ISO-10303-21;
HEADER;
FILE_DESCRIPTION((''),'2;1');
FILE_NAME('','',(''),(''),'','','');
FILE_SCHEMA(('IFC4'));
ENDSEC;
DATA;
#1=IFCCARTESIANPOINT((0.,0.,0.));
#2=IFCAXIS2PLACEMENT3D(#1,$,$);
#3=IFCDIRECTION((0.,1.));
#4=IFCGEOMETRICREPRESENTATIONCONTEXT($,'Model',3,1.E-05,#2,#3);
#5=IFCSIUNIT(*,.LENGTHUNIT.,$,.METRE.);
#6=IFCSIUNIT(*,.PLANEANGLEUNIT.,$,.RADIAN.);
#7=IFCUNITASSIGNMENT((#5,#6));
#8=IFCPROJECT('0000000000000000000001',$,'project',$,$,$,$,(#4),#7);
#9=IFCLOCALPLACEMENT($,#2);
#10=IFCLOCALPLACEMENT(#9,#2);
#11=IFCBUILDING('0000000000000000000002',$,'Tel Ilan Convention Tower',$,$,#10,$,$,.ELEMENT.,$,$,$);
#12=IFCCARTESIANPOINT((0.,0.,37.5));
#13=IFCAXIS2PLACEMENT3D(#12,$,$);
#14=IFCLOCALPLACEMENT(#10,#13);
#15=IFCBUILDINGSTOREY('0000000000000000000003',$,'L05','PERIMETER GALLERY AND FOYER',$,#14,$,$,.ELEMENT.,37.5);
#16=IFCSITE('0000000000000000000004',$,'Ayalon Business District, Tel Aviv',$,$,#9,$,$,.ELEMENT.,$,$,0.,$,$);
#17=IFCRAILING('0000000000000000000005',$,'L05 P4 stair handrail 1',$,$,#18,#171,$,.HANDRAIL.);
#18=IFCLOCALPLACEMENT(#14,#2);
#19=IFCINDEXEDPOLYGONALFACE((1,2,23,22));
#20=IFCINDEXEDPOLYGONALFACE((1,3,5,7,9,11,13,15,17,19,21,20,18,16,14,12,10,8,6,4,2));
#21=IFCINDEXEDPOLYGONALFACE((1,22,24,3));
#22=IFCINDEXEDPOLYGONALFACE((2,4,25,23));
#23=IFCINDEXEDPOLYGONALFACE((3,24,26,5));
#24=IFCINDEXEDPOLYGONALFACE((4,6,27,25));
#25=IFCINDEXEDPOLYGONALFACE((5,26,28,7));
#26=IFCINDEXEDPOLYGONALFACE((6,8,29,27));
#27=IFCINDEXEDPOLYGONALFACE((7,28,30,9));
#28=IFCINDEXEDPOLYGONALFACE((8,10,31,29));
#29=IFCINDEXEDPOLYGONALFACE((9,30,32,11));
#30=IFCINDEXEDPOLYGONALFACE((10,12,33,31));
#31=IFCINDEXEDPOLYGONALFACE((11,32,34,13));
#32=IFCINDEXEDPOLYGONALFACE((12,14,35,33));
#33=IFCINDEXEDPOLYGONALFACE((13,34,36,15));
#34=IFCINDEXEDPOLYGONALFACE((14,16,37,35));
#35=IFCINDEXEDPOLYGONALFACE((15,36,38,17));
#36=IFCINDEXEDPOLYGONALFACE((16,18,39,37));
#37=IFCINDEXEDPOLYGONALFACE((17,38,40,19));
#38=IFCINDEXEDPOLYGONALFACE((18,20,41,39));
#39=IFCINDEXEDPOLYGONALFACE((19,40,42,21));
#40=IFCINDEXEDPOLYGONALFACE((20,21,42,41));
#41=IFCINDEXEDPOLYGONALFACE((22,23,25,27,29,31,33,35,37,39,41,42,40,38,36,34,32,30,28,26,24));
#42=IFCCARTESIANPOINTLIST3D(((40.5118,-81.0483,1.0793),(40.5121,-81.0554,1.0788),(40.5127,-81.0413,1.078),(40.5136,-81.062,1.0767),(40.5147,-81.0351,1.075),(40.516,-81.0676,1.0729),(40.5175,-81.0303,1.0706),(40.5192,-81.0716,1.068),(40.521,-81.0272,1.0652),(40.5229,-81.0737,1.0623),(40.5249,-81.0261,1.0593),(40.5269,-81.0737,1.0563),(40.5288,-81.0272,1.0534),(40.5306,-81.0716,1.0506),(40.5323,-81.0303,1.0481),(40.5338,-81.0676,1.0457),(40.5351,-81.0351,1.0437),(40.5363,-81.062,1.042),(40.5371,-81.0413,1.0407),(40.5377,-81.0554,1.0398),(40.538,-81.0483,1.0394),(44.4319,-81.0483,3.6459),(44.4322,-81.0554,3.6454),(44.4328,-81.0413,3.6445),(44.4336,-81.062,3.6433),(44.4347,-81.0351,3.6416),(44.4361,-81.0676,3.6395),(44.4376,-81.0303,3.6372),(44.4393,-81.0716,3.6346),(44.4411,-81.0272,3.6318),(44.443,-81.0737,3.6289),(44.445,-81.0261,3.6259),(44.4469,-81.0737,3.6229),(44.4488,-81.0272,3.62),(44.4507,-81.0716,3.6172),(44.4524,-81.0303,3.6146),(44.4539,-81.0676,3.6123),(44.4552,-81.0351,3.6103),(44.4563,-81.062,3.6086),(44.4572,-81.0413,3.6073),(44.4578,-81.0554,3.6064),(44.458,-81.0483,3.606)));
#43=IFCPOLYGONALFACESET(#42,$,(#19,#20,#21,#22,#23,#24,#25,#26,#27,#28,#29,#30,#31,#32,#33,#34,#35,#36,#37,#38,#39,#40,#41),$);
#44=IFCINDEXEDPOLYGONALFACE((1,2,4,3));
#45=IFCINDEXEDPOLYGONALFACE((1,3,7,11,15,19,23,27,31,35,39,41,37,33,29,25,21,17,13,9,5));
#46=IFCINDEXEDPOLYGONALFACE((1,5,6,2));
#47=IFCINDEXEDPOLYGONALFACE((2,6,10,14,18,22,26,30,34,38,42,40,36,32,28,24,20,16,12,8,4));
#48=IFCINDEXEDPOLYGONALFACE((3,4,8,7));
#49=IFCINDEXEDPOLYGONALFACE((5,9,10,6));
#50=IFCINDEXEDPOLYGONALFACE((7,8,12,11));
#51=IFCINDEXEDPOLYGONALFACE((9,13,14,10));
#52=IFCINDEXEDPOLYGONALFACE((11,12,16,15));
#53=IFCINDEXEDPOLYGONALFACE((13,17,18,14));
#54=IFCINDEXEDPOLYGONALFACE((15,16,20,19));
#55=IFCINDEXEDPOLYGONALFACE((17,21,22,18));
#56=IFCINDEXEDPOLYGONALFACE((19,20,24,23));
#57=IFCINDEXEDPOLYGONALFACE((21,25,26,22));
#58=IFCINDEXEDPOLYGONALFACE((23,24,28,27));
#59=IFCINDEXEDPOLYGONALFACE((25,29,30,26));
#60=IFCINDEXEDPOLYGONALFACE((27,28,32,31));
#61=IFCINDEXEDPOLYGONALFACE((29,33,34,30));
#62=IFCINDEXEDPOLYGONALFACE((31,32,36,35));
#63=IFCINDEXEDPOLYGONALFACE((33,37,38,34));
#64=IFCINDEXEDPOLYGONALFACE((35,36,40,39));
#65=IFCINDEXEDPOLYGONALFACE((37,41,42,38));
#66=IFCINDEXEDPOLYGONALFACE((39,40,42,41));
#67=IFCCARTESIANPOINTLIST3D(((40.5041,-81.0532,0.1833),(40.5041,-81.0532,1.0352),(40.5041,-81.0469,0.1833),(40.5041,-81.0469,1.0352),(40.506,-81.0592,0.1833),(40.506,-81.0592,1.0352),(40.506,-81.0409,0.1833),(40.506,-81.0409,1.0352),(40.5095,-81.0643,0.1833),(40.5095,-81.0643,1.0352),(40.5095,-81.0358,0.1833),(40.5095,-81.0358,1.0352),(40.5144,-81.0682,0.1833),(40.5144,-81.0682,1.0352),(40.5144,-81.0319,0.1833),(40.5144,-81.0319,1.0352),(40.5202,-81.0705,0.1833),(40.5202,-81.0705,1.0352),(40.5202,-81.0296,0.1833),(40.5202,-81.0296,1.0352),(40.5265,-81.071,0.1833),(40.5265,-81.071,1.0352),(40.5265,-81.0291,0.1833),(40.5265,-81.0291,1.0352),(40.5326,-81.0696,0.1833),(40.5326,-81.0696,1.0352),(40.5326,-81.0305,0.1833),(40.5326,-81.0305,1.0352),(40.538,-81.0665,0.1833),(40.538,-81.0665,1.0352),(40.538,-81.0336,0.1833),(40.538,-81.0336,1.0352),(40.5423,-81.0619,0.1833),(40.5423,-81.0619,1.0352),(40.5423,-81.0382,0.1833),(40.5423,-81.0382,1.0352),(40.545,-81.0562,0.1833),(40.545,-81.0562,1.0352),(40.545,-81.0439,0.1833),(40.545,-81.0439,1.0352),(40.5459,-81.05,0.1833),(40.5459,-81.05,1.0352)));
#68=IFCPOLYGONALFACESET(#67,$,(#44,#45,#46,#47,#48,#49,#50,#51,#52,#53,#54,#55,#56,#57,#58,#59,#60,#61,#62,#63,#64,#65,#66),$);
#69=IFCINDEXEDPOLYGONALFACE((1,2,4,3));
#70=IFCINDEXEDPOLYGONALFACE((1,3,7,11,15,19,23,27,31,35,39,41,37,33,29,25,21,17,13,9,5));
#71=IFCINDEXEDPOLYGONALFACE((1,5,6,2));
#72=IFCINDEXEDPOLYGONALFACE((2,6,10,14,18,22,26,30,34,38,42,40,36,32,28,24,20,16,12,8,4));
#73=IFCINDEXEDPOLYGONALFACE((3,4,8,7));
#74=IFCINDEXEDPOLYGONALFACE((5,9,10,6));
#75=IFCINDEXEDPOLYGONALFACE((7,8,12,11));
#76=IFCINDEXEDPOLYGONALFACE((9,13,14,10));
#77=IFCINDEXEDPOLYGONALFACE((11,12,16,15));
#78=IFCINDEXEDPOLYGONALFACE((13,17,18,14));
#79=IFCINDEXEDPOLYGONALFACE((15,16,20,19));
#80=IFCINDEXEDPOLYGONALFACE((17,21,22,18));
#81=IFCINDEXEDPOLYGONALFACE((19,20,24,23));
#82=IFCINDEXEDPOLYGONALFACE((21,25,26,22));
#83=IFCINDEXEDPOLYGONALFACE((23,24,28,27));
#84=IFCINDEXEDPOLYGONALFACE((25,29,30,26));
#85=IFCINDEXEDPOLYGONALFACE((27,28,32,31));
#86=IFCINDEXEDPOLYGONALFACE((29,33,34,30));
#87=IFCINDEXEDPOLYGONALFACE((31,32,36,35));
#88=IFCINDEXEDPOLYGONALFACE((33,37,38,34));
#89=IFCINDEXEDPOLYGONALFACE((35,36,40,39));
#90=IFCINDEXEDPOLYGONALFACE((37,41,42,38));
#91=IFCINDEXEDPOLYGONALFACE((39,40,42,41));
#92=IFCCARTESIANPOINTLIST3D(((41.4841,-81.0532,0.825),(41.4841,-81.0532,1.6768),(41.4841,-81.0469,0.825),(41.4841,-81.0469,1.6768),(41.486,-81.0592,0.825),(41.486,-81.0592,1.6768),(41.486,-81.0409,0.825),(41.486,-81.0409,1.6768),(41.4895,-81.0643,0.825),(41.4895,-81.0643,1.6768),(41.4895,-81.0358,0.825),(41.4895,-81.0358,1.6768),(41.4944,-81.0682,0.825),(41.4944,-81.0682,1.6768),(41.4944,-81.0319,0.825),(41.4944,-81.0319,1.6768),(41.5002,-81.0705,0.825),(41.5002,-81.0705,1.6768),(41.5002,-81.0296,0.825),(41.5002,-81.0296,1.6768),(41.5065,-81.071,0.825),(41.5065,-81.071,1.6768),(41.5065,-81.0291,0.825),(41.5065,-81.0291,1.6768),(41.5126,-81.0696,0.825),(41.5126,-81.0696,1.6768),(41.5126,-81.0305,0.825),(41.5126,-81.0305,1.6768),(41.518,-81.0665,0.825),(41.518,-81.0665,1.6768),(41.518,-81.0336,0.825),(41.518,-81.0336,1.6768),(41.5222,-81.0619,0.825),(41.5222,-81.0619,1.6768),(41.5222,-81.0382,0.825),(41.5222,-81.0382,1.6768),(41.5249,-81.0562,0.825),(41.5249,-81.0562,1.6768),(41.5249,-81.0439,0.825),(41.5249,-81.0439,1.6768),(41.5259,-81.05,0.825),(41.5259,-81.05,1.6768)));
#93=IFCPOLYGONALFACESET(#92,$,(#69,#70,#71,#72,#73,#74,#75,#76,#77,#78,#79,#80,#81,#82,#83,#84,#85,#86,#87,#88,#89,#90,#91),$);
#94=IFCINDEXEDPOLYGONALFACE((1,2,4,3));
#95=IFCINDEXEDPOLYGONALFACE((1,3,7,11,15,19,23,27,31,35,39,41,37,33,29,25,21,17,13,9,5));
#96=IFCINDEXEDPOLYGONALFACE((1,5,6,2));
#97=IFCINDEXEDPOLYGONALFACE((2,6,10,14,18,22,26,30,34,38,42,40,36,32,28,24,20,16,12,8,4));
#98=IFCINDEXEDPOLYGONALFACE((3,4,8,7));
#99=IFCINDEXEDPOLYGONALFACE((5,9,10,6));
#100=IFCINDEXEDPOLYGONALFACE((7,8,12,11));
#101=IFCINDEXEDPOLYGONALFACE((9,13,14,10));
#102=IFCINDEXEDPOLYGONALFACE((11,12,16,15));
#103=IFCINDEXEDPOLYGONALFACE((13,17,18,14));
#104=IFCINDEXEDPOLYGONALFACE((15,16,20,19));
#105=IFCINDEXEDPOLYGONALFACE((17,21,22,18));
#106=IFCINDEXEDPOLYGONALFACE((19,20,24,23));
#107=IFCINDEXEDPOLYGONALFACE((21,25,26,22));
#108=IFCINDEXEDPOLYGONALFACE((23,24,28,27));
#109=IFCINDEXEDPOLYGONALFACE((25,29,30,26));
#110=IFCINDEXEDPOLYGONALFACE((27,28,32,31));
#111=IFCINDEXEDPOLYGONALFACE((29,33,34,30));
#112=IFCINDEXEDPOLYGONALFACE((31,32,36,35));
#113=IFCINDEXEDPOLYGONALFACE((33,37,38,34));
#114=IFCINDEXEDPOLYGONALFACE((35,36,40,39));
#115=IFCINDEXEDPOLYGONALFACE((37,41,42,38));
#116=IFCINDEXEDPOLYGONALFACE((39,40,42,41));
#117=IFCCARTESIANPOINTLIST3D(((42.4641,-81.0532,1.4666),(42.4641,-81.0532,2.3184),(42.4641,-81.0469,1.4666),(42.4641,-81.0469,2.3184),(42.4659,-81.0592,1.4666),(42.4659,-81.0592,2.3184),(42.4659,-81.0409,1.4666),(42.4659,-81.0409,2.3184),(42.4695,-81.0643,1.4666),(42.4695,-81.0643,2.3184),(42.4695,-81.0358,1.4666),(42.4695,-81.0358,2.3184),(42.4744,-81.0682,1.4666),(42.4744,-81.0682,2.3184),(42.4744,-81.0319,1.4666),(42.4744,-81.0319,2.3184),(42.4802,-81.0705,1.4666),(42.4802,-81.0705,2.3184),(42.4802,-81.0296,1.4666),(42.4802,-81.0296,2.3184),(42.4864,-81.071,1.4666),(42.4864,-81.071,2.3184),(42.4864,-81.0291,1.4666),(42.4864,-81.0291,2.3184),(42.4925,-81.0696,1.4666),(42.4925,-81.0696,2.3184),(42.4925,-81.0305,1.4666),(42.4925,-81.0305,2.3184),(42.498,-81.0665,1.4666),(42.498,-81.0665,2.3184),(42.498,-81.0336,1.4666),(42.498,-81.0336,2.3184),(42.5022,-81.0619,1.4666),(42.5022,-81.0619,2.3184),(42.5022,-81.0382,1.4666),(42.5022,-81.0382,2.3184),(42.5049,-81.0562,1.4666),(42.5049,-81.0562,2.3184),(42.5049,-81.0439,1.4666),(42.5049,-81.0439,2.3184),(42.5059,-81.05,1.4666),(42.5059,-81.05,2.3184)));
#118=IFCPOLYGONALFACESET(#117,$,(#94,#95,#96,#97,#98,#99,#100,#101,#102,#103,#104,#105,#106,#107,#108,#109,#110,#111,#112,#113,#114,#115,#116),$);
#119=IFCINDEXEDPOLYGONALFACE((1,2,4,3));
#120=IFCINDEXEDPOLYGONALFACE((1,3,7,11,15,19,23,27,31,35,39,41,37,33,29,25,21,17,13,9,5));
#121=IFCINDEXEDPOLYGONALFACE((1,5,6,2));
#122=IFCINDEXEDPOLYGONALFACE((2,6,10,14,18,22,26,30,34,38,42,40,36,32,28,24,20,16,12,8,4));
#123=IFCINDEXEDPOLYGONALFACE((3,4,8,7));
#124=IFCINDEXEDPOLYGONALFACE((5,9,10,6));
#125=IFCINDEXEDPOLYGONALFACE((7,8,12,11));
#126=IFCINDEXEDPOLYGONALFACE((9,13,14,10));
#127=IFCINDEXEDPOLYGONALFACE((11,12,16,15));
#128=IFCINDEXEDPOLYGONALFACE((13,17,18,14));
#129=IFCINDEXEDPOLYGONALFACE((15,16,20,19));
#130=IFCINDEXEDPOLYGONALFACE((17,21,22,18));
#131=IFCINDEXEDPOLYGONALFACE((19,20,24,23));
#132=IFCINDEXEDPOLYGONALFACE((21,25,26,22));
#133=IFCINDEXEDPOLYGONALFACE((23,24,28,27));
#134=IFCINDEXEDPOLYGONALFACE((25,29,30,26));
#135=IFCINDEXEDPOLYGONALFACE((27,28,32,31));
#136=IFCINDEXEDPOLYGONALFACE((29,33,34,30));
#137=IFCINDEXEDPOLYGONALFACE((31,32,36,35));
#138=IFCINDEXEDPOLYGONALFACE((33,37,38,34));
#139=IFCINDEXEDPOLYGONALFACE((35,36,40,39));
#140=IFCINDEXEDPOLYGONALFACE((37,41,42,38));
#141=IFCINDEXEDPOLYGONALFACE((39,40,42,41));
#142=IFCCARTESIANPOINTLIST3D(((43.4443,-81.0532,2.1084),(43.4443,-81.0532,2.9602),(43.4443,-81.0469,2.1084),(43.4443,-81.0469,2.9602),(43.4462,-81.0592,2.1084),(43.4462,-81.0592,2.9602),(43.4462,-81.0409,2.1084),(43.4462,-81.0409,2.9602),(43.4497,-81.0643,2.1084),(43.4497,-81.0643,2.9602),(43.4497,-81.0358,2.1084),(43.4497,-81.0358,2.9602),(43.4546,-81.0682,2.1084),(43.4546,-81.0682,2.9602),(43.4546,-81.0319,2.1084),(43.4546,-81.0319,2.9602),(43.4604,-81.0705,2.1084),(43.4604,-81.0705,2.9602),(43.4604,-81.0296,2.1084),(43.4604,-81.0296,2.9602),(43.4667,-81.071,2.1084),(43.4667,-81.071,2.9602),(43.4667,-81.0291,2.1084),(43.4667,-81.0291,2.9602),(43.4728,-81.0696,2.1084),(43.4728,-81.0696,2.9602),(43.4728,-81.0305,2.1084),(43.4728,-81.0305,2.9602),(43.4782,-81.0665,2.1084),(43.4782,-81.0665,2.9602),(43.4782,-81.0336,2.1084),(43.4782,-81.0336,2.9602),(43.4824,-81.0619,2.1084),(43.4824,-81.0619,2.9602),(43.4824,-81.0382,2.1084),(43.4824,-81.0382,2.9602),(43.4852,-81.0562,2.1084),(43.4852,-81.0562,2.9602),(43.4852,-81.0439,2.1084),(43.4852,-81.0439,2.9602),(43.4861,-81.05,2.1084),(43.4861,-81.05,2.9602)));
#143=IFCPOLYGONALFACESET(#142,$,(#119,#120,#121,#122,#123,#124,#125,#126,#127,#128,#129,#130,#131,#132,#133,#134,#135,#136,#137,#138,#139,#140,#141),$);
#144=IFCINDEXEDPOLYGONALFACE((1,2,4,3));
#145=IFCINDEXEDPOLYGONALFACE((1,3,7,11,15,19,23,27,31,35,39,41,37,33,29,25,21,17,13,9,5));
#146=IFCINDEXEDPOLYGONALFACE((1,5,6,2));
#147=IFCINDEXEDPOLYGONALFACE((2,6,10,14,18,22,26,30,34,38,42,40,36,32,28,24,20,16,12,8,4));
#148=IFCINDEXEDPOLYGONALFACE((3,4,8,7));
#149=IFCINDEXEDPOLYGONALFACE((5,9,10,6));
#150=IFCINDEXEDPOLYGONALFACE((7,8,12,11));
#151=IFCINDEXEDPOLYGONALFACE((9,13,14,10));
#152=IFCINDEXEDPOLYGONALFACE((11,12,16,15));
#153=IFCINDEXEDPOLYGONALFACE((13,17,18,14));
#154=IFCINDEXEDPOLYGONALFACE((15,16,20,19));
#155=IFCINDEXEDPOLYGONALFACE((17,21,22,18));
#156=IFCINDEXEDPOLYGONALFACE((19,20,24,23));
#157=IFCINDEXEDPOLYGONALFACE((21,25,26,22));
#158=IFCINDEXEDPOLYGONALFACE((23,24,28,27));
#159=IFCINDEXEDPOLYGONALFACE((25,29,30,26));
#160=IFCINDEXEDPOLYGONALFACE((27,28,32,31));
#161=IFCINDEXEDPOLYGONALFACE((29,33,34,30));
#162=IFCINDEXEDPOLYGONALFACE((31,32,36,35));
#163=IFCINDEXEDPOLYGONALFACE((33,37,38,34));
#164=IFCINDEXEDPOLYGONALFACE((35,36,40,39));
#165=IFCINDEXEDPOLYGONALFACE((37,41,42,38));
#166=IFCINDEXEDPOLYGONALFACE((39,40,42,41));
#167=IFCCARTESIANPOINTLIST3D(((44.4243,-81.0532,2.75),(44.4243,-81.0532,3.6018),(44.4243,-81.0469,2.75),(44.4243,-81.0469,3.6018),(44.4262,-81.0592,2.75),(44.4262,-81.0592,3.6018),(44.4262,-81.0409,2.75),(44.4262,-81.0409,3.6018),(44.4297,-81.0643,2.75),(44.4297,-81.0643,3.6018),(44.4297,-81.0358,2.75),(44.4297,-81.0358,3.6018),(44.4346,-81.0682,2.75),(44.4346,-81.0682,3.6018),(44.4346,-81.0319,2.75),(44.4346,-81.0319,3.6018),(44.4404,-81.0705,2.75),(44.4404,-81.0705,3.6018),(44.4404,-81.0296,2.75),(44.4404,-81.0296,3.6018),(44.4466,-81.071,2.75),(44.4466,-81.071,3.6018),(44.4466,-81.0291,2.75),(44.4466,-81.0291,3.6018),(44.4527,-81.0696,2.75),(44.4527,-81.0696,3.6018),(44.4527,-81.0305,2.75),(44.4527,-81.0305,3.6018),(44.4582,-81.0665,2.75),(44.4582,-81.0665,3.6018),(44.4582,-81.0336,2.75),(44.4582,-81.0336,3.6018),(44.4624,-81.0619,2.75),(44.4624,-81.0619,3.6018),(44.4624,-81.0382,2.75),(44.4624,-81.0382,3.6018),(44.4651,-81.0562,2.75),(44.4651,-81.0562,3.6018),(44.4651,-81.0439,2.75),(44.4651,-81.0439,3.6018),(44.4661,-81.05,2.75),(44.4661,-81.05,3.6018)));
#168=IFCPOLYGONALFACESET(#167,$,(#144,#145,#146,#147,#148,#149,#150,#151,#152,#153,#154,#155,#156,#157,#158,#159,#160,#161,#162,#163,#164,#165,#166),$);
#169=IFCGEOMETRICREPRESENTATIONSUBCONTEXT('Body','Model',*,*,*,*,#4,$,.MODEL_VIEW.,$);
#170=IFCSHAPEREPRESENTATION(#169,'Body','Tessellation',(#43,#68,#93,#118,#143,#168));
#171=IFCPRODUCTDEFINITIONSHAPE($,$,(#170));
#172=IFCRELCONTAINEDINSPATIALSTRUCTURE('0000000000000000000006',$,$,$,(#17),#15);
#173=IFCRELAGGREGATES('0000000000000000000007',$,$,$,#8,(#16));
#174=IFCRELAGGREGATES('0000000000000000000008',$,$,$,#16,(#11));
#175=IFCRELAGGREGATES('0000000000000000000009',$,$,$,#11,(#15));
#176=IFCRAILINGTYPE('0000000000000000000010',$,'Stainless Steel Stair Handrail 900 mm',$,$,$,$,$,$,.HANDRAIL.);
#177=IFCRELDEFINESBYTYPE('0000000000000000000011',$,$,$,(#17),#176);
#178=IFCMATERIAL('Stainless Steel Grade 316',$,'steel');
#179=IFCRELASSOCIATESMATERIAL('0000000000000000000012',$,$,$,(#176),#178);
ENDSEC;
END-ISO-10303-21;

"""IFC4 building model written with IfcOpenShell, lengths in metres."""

from ifc_helpers import new_model, si_unit, direction, frame, origin, origin_2d, place, context, subcontext, project, spatial, circle, extrude, material, type_object, element, save


model = new_model("IFC4")

# Units and contexts
model_context = context("Model", 3, precision=1e-05, world=origin(), true_north=direction((0.0, 1.0)))
body_context = subcontext(model_context, "Body", "Model", "MODEL_VIEW")
ifc_project = project(units=[si_unit("LENGTHUNIT", "METRE"), si_unit("PLANEANGLEUNIT", "RADIAN")], contexts=[model_context])

# Site, building, storey
site_placement = place(None, origin())
site = spatial("IfcSite", under=ifc_project, at=site_placement, Name="Ayalon Business District, Tel Aviv", CompositionType="ELEMENT", RefElevation=0.0)
building_placement = place(site_placement, origin())
building = spatial("IfcBuilding", under=site, at=building_placement, Name="Tel Ilan Convention Tower", CompositionType="ELEMENT")
storey_placement = place(building_placement, frame((0.0, 0.0, 37.5)))
storey = spatial("IfcBuildingStorey", under=building, at=storey_placement, Name="L05", Description="PERIMETER GALLERY AND FOYER", CompositionType="ELEMENT", Elevation=37.5)

# Railing
ifc_material_1 = material(Name="Stainless Steel Grade 316", Category="steel")
railing_type_1 = type_object("IfcRailingType", Name="Stainless Steel Stair Handrail 900 mm", PredefinedType="HANDRAIL", material=ifc_material_1)
railing_1_placement = place(storey_placement, frame((40.5249, -81.05, 0.1833)))
element("IfcRailing", 1, at=railing_1_placement, inside=storey, type_object=railing_type_1, Name="L05 P4 stair handrail 1", PredefinedType="HANDRAIL", context=body_context, shape_type="SweptSolid", body=[
    extrude(circle(Radius=0.0239, at=origin_2d()), frame((0.0, 0.0, 0.876), z_axis=(0.836631, 0.0, 0.547767), x_axis=(0.0, 1.0, 0.0)), (0.0, 0.0, 1.0), 4.6855),
    extrude(circle(Radius=0.021, at=origin_2d()), origin(), (0.0, 0.0, 1.0), 0.8518),
    extrude(circle(Radius=0.021, at=origin_2d()), frame((0.98, 0.0, 0.6416)), (0.0, 0.0, 1.0), 0.8518),
    extrude(circle(Radius=0.021, at=origin_2d()), frame((1.96, 0.0, 1.2832)), (0.0, 0.0, 1.0), 0.8518),
    extrude(circle(Radius=0.021, at=origin_2d()), frame((2.9402, 0.0, 1.925)), (0.0, 0.0, 1.0), 0.8518),
    extrude(circle(Radius=0.021, at=origin_2d()), frame((3.9202, 0.0, 2.5667)), (0.0, 0.0, 1.0), 0.8518),
])

save(model, "model.ifc")
